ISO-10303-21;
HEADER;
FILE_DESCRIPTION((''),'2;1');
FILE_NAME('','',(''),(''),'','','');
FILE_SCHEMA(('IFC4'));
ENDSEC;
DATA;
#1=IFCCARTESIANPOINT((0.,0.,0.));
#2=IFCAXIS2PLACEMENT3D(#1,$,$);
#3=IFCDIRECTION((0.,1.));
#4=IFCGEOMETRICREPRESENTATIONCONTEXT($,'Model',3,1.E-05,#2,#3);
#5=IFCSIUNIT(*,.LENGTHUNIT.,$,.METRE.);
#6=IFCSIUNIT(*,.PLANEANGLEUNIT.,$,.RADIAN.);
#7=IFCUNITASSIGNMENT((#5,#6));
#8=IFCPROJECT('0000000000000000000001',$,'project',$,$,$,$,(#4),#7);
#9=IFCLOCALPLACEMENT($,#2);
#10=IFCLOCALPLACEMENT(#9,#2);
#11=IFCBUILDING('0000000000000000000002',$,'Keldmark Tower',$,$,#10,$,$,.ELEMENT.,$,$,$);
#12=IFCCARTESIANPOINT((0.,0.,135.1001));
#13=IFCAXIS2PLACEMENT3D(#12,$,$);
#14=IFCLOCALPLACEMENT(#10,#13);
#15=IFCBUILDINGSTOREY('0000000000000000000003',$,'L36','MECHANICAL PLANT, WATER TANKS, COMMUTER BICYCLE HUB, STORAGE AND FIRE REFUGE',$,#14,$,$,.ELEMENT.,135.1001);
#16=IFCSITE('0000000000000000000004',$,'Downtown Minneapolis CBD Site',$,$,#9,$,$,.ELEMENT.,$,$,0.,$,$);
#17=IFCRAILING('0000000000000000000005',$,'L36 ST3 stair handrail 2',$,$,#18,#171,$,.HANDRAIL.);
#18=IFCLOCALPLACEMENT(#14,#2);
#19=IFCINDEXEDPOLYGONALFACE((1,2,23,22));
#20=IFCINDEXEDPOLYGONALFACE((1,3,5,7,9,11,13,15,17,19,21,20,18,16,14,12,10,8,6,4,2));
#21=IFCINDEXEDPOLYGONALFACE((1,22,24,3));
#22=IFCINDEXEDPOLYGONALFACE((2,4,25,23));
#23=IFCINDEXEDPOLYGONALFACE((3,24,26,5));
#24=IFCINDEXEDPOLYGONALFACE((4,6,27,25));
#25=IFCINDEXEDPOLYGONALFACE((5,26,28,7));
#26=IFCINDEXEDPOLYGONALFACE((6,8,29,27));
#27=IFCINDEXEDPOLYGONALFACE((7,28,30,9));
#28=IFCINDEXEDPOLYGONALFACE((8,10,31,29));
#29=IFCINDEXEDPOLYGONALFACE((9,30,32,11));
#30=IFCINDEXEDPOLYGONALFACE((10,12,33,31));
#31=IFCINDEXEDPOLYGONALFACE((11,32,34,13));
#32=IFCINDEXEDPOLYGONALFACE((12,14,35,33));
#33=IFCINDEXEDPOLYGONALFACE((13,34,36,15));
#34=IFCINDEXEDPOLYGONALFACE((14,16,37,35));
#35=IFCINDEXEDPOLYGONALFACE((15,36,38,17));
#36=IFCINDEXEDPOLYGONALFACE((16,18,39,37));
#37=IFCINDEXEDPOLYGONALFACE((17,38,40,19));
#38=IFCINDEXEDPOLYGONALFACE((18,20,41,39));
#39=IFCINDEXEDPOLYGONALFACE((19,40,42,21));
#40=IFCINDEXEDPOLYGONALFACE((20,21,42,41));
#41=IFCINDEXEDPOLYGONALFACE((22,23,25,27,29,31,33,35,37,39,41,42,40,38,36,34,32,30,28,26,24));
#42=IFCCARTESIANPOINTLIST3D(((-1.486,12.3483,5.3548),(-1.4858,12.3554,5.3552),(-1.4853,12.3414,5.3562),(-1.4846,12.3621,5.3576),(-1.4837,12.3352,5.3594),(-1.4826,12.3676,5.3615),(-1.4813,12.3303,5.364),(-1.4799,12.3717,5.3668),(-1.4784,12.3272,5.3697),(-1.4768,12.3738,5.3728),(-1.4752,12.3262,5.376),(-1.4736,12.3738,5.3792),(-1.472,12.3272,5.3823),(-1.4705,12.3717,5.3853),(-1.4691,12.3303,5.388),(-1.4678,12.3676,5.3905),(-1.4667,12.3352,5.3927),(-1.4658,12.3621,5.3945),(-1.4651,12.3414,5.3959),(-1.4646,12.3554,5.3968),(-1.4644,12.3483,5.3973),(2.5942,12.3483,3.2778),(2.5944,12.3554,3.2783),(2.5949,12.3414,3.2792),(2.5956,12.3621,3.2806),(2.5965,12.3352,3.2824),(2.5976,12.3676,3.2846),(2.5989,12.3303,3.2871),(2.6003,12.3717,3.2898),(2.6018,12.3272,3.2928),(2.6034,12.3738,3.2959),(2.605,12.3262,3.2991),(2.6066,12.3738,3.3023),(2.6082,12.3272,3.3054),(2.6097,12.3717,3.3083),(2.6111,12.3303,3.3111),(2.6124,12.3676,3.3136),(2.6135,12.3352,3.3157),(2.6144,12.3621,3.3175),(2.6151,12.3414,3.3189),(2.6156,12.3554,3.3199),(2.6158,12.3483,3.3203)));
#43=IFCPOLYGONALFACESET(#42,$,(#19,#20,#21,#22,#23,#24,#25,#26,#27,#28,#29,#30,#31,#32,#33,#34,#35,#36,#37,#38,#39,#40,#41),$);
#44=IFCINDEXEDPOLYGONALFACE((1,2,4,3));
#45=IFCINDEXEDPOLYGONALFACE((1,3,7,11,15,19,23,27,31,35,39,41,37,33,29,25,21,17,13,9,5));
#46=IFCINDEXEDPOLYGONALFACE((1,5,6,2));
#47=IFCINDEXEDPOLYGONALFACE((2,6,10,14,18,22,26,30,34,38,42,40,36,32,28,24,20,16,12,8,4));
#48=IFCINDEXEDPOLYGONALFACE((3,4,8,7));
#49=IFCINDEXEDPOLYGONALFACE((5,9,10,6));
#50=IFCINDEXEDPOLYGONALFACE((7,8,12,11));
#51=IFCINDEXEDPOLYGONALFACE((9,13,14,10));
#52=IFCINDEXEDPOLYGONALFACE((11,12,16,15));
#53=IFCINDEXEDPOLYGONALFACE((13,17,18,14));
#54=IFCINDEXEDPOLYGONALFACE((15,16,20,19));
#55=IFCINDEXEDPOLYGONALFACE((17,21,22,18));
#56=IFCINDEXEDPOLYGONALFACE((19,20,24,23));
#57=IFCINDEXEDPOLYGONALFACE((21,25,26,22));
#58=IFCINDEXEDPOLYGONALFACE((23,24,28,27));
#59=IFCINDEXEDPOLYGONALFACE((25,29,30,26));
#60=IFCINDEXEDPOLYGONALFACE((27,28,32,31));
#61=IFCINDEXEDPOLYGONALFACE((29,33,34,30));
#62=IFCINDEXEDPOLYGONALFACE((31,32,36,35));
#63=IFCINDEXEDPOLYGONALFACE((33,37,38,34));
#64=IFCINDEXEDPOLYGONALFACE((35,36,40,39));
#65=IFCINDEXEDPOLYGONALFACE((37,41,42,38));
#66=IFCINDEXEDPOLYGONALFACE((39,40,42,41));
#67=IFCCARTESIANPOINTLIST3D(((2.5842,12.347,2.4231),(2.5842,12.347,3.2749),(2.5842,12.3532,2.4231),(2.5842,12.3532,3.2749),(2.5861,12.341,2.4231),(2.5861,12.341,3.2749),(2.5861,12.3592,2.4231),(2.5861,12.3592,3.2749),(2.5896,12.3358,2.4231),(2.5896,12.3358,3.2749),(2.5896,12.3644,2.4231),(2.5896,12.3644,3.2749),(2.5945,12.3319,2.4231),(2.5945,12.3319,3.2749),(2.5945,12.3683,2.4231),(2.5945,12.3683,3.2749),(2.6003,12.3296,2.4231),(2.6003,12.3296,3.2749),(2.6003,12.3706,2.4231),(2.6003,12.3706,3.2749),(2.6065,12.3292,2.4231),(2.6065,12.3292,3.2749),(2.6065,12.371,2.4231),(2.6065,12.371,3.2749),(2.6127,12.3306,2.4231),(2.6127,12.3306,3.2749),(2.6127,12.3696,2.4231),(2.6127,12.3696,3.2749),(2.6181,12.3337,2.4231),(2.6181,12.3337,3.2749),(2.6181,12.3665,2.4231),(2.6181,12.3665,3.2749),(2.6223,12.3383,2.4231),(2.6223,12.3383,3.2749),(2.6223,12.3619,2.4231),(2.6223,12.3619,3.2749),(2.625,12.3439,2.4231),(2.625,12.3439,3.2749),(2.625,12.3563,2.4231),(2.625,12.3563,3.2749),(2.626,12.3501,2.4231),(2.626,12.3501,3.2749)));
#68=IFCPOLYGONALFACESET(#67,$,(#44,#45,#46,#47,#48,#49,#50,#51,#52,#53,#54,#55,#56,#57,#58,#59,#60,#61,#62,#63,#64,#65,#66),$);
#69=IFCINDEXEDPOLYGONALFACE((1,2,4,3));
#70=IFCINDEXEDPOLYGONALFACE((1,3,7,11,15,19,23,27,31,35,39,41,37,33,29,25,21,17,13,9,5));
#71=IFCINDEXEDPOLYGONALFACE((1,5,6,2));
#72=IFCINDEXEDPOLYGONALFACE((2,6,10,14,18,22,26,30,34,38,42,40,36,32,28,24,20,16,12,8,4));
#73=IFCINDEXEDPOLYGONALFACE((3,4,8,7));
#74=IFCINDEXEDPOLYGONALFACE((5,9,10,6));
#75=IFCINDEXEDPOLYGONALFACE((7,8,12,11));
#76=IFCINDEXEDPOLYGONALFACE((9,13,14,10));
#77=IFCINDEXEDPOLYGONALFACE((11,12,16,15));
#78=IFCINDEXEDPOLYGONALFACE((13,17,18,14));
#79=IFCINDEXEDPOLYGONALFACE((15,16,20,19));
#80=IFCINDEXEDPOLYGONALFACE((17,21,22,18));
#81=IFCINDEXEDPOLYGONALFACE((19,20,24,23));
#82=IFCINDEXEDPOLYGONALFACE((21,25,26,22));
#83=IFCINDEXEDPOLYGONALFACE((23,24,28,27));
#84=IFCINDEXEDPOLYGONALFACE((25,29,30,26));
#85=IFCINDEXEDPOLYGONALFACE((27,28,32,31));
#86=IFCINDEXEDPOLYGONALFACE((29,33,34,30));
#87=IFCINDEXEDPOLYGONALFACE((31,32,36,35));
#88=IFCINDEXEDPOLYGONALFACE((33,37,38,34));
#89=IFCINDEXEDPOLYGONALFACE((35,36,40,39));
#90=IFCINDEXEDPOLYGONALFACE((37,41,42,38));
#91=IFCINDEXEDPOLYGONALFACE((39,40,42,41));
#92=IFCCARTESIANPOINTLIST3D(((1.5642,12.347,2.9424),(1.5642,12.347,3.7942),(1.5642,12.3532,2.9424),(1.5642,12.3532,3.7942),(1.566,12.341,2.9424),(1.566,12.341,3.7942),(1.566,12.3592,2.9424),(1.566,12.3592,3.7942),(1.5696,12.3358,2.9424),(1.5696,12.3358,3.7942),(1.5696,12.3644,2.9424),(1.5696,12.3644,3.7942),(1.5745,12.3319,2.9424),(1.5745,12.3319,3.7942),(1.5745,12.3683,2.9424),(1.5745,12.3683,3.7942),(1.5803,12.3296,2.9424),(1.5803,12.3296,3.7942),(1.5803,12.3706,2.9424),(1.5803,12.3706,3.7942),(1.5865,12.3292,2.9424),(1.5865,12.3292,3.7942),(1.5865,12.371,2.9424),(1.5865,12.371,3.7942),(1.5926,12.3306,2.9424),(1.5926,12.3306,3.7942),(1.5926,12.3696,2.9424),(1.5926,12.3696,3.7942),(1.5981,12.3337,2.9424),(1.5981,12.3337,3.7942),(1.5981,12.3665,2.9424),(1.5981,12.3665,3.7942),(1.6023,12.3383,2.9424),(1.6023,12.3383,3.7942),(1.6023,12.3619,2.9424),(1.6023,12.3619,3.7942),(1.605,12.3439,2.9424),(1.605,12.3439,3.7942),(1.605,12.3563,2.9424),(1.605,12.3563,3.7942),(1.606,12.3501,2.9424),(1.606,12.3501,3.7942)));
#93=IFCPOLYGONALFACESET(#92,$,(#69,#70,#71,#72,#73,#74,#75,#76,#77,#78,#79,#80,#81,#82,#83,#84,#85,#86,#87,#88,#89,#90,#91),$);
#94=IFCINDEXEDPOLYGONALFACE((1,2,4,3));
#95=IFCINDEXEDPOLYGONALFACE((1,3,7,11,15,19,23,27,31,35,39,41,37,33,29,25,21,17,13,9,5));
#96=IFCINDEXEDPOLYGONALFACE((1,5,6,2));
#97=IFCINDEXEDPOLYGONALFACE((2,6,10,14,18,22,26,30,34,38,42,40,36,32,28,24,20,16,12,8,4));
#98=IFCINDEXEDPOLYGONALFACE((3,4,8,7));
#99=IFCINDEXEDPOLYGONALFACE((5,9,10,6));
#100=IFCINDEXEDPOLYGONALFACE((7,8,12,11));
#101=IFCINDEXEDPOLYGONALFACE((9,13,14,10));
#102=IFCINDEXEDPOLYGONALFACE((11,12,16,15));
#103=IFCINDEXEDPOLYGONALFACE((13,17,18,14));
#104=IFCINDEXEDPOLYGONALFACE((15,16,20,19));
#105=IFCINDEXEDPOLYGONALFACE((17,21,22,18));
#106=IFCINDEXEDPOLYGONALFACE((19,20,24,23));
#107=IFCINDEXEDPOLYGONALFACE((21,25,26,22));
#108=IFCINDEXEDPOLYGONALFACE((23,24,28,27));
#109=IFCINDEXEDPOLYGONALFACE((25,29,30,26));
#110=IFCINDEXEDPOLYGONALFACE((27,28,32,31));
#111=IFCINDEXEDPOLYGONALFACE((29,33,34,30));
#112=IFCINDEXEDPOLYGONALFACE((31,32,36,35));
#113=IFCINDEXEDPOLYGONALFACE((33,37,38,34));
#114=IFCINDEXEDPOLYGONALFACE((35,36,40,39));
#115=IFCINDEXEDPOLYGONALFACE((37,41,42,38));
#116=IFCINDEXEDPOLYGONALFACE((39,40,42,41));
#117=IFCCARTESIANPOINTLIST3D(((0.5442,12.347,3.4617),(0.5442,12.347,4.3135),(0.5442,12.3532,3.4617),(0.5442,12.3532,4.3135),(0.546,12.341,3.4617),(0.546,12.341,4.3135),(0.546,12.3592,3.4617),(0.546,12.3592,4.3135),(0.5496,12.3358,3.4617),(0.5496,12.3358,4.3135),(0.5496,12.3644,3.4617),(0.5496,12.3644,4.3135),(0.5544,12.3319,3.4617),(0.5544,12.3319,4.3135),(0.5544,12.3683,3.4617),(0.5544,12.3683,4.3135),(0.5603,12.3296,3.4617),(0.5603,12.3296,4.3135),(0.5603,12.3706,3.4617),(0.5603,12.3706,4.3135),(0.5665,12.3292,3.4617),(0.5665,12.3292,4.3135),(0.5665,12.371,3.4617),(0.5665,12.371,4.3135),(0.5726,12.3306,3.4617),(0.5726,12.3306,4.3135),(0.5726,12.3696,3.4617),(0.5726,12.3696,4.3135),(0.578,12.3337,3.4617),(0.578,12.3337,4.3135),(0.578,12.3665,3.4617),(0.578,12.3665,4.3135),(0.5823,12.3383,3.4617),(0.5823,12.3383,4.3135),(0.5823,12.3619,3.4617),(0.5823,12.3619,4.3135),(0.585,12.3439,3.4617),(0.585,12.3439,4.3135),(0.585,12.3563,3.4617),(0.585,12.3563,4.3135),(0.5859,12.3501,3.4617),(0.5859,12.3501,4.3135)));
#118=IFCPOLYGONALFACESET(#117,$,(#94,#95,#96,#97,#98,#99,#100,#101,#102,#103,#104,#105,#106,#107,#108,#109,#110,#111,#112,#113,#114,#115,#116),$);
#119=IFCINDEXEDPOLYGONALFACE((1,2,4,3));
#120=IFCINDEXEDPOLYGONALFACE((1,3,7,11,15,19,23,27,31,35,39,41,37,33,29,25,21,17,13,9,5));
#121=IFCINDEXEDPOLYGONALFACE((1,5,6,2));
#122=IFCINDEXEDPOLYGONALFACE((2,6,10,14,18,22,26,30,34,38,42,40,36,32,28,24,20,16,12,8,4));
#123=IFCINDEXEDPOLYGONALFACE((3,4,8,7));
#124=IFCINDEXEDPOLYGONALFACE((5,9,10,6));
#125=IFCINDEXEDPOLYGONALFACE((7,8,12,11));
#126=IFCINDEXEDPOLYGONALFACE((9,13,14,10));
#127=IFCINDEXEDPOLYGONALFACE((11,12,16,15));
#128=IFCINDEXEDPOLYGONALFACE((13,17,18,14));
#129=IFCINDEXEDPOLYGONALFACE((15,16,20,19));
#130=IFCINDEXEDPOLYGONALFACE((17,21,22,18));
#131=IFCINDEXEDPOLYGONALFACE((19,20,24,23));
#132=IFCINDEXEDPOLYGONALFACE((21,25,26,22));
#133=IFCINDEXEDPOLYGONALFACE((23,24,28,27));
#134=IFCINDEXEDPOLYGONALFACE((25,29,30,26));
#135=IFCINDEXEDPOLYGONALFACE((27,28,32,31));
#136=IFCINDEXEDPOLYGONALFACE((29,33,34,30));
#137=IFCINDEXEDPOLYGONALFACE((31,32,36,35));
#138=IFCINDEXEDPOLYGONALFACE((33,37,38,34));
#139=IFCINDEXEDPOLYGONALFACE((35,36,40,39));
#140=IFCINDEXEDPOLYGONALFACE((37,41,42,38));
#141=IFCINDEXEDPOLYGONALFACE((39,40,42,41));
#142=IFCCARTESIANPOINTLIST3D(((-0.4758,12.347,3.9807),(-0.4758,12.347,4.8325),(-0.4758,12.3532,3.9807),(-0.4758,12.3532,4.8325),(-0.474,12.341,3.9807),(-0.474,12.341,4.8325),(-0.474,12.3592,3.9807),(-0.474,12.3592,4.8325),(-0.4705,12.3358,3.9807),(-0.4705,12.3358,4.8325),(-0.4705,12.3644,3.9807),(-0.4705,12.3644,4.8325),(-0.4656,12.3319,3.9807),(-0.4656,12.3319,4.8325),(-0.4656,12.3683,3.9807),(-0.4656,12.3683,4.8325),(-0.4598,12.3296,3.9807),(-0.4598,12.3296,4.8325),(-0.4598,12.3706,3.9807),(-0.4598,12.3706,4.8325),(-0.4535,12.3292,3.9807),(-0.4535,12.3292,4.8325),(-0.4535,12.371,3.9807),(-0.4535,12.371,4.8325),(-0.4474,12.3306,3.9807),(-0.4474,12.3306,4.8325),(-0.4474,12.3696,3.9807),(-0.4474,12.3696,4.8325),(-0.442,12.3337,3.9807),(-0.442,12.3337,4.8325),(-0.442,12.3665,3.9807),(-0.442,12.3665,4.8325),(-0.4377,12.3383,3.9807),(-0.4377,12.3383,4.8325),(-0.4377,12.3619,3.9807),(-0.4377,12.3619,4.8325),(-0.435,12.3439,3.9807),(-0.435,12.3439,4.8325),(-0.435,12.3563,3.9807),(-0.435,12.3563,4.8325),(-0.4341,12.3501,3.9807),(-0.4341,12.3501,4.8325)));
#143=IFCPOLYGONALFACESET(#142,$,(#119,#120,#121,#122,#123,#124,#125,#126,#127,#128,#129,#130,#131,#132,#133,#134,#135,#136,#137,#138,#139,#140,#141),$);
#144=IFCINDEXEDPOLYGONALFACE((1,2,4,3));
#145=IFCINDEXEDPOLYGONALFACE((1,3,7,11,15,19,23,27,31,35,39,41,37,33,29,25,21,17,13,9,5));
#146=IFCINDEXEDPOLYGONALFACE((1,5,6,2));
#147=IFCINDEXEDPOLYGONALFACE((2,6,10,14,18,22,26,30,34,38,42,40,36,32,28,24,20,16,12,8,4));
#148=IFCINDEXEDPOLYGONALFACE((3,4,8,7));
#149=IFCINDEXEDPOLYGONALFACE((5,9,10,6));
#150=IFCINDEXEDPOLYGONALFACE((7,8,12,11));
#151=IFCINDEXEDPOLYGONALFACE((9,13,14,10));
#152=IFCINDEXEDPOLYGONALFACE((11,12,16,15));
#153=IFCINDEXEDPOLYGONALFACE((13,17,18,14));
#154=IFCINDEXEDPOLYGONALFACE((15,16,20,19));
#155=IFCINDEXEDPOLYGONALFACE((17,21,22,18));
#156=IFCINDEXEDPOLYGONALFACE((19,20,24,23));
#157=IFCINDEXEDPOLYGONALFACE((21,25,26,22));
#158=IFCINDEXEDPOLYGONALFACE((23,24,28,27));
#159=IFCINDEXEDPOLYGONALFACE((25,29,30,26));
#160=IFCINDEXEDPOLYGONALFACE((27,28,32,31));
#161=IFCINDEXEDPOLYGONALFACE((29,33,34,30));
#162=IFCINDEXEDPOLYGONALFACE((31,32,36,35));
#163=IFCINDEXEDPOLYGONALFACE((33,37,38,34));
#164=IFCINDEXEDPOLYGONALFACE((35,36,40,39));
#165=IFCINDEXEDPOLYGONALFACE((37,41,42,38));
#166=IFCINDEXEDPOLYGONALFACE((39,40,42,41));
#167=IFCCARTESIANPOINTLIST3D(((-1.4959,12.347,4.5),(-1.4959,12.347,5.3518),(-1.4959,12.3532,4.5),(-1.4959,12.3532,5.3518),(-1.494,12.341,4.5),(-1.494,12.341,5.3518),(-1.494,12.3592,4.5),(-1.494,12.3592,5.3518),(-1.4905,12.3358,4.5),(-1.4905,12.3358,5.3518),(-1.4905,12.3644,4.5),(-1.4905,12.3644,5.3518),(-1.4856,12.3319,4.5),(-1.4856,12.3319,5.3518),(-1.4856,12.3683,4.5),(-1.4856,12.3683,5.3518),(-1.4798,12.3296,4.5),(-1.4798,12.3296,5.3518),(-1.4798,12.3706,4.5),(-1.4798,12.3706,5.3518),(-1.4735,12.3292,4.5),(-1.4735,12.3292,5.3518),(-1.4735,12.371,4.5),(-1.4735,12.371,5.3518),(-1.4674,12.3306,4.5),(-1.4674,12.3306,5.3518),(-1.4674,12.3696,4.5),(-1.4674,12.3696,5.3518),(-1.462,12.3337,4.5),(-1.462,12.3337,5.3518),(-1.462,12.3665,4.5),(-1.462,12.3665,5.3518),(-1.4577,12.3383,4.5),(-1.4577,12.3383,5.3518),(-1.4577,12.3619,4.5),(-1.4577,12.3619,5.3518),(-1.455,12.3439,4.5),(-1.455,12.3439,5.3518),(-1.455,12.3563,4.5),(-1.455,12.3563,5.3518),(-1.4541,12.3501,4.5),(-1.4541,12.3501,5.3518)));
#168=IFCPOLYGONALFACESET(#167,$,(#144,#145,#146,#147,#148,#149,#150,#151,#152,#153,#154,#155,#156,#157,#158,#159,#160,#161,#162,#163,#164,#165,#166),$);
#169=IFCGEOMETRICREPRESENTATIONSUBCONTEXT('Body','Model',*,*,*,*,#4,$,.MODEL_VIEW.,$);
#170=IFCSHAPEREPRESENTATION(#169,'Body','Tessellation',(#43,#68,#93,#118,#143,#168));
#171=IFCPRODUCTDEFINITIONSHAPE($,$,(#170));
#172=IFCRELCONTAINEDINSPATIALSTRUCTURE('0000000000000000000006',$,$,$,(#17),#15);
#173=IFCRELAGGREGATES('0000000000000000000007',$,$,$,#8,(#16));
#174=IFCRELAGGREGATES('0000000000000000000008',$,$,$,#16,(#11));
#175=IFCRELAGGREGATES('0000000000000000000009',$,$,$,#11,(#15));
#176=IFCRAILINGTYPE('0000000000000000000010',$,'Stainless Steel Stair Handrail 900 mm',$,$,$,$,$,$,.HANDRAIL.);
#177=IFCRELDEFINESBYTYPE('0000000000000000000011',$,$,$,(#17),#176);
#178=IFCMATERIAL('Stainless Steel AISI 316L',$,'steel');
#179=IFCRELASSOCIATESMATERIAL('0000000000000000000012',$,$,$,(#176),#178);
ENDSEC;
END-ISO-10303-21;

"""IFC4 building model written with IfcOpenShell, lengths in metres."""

from ifc_helpers import new_model, si_unit, direction, frame, origin, origin_2d, place, context, subcontext, project, spatial, circle, extrude, material, type_object, element, save


model = new_model("IFC4")

# Units and contexts
model_context = context("Model", 3, precision=1e-05, world=origin(), true_north=direction((0.0, 1.0)))
body_context = subcontext(model_context, "Body", "Model", "MODEL_VIEW")
ifc_project = project(units=[si_unit("LENGTHUNIT", "METRE"), si_unit("PLANEANGLEUNIT", "RADIAN")], contexts=[model_context])

# Site, building, storey
site_placement = place(None, origin())
site = spatial("IfcSite", under=ifc_project, at=site_placement, Name="Downtown Minneapolis CBD Site", CompositionType="ELEMENT", RefElevation=0.0)
building_placement = place(site_placement, origin())
building = spatial("IfcBuilding", under=site, at=building_placement, Name="Keldmark Tower", CompositionType="ELEMENT")
storey_placement = place(building_placement, frame((0.0, 0.0, 135.1001)))
storey = spatial("IfcBuildingStorey", under=building, at=storey_placement, Name="L36", Description="MECHANICAL PLANT, WATER TANKS, COMMUTER BICYCLE HUB, STORAGE AND FIRE REFUGE", CompositionType="ELEMENT", Elevation=135.1001)

# Railing
ifc_material_1 = material(Name="Stainless Steel AISI 316L", Category="steel")
railing_type = type_object("IfcRailingType", Name="Stainless Steel Stair Handrail 900 mm", PredefinedType="HANDRAIL", material=ifc_material_1)
railing_placement = place(storey_placement, frame((2.605, 12.3501, 2.4231)))
element("IfcRailing", 1, at=railing_placement, inside=storey, type_object=railing_type, Name="L36 ST3 stair handrail 2", PredefinedType="HANDRAIL", context=body_context, shape_type="SweptSolid", body=[
    extrude(circle(Radius=0.0239, at=origin_2d()), frame((0.0, 0.0, 0.876), z_axis=(-0.891183, 0.0, 0.453644), x_axis=(0.0, -1.0, 0.0)), (0.0, 0.0, 1.0), 4.5784),
    extrude(circle(Radius=0.021, at=origin_2d()), origin(), (0.0, 0.0, 1.0), 0.8518),
    extrude(circle(Radius=0.021, at=origin_2d()), frame((-1.02, 0.0, 0.5193)), (0.0, 0.0, 1.0), 0.8518),
    extrude(circle(Radius=0.021, at=origin_2d()), frame((-2.04, 0.0, 1.0386)), (0.0, 0.0, 1.0), 0.8518),
    extrude(circle(Radius=0.021, at=origin_2d()), frame((-3.0601, 0.0, 1.5576)), (0.0, 0.0, 1.0), 0.8518),
    extrude(circle(Radius=0.021, at=origin_2d()), frame((-4.0801, 0.0, 2.0769)), (0.0, 0.0, 1.0), 0.8518),
])

save(model, "model.ifc")
